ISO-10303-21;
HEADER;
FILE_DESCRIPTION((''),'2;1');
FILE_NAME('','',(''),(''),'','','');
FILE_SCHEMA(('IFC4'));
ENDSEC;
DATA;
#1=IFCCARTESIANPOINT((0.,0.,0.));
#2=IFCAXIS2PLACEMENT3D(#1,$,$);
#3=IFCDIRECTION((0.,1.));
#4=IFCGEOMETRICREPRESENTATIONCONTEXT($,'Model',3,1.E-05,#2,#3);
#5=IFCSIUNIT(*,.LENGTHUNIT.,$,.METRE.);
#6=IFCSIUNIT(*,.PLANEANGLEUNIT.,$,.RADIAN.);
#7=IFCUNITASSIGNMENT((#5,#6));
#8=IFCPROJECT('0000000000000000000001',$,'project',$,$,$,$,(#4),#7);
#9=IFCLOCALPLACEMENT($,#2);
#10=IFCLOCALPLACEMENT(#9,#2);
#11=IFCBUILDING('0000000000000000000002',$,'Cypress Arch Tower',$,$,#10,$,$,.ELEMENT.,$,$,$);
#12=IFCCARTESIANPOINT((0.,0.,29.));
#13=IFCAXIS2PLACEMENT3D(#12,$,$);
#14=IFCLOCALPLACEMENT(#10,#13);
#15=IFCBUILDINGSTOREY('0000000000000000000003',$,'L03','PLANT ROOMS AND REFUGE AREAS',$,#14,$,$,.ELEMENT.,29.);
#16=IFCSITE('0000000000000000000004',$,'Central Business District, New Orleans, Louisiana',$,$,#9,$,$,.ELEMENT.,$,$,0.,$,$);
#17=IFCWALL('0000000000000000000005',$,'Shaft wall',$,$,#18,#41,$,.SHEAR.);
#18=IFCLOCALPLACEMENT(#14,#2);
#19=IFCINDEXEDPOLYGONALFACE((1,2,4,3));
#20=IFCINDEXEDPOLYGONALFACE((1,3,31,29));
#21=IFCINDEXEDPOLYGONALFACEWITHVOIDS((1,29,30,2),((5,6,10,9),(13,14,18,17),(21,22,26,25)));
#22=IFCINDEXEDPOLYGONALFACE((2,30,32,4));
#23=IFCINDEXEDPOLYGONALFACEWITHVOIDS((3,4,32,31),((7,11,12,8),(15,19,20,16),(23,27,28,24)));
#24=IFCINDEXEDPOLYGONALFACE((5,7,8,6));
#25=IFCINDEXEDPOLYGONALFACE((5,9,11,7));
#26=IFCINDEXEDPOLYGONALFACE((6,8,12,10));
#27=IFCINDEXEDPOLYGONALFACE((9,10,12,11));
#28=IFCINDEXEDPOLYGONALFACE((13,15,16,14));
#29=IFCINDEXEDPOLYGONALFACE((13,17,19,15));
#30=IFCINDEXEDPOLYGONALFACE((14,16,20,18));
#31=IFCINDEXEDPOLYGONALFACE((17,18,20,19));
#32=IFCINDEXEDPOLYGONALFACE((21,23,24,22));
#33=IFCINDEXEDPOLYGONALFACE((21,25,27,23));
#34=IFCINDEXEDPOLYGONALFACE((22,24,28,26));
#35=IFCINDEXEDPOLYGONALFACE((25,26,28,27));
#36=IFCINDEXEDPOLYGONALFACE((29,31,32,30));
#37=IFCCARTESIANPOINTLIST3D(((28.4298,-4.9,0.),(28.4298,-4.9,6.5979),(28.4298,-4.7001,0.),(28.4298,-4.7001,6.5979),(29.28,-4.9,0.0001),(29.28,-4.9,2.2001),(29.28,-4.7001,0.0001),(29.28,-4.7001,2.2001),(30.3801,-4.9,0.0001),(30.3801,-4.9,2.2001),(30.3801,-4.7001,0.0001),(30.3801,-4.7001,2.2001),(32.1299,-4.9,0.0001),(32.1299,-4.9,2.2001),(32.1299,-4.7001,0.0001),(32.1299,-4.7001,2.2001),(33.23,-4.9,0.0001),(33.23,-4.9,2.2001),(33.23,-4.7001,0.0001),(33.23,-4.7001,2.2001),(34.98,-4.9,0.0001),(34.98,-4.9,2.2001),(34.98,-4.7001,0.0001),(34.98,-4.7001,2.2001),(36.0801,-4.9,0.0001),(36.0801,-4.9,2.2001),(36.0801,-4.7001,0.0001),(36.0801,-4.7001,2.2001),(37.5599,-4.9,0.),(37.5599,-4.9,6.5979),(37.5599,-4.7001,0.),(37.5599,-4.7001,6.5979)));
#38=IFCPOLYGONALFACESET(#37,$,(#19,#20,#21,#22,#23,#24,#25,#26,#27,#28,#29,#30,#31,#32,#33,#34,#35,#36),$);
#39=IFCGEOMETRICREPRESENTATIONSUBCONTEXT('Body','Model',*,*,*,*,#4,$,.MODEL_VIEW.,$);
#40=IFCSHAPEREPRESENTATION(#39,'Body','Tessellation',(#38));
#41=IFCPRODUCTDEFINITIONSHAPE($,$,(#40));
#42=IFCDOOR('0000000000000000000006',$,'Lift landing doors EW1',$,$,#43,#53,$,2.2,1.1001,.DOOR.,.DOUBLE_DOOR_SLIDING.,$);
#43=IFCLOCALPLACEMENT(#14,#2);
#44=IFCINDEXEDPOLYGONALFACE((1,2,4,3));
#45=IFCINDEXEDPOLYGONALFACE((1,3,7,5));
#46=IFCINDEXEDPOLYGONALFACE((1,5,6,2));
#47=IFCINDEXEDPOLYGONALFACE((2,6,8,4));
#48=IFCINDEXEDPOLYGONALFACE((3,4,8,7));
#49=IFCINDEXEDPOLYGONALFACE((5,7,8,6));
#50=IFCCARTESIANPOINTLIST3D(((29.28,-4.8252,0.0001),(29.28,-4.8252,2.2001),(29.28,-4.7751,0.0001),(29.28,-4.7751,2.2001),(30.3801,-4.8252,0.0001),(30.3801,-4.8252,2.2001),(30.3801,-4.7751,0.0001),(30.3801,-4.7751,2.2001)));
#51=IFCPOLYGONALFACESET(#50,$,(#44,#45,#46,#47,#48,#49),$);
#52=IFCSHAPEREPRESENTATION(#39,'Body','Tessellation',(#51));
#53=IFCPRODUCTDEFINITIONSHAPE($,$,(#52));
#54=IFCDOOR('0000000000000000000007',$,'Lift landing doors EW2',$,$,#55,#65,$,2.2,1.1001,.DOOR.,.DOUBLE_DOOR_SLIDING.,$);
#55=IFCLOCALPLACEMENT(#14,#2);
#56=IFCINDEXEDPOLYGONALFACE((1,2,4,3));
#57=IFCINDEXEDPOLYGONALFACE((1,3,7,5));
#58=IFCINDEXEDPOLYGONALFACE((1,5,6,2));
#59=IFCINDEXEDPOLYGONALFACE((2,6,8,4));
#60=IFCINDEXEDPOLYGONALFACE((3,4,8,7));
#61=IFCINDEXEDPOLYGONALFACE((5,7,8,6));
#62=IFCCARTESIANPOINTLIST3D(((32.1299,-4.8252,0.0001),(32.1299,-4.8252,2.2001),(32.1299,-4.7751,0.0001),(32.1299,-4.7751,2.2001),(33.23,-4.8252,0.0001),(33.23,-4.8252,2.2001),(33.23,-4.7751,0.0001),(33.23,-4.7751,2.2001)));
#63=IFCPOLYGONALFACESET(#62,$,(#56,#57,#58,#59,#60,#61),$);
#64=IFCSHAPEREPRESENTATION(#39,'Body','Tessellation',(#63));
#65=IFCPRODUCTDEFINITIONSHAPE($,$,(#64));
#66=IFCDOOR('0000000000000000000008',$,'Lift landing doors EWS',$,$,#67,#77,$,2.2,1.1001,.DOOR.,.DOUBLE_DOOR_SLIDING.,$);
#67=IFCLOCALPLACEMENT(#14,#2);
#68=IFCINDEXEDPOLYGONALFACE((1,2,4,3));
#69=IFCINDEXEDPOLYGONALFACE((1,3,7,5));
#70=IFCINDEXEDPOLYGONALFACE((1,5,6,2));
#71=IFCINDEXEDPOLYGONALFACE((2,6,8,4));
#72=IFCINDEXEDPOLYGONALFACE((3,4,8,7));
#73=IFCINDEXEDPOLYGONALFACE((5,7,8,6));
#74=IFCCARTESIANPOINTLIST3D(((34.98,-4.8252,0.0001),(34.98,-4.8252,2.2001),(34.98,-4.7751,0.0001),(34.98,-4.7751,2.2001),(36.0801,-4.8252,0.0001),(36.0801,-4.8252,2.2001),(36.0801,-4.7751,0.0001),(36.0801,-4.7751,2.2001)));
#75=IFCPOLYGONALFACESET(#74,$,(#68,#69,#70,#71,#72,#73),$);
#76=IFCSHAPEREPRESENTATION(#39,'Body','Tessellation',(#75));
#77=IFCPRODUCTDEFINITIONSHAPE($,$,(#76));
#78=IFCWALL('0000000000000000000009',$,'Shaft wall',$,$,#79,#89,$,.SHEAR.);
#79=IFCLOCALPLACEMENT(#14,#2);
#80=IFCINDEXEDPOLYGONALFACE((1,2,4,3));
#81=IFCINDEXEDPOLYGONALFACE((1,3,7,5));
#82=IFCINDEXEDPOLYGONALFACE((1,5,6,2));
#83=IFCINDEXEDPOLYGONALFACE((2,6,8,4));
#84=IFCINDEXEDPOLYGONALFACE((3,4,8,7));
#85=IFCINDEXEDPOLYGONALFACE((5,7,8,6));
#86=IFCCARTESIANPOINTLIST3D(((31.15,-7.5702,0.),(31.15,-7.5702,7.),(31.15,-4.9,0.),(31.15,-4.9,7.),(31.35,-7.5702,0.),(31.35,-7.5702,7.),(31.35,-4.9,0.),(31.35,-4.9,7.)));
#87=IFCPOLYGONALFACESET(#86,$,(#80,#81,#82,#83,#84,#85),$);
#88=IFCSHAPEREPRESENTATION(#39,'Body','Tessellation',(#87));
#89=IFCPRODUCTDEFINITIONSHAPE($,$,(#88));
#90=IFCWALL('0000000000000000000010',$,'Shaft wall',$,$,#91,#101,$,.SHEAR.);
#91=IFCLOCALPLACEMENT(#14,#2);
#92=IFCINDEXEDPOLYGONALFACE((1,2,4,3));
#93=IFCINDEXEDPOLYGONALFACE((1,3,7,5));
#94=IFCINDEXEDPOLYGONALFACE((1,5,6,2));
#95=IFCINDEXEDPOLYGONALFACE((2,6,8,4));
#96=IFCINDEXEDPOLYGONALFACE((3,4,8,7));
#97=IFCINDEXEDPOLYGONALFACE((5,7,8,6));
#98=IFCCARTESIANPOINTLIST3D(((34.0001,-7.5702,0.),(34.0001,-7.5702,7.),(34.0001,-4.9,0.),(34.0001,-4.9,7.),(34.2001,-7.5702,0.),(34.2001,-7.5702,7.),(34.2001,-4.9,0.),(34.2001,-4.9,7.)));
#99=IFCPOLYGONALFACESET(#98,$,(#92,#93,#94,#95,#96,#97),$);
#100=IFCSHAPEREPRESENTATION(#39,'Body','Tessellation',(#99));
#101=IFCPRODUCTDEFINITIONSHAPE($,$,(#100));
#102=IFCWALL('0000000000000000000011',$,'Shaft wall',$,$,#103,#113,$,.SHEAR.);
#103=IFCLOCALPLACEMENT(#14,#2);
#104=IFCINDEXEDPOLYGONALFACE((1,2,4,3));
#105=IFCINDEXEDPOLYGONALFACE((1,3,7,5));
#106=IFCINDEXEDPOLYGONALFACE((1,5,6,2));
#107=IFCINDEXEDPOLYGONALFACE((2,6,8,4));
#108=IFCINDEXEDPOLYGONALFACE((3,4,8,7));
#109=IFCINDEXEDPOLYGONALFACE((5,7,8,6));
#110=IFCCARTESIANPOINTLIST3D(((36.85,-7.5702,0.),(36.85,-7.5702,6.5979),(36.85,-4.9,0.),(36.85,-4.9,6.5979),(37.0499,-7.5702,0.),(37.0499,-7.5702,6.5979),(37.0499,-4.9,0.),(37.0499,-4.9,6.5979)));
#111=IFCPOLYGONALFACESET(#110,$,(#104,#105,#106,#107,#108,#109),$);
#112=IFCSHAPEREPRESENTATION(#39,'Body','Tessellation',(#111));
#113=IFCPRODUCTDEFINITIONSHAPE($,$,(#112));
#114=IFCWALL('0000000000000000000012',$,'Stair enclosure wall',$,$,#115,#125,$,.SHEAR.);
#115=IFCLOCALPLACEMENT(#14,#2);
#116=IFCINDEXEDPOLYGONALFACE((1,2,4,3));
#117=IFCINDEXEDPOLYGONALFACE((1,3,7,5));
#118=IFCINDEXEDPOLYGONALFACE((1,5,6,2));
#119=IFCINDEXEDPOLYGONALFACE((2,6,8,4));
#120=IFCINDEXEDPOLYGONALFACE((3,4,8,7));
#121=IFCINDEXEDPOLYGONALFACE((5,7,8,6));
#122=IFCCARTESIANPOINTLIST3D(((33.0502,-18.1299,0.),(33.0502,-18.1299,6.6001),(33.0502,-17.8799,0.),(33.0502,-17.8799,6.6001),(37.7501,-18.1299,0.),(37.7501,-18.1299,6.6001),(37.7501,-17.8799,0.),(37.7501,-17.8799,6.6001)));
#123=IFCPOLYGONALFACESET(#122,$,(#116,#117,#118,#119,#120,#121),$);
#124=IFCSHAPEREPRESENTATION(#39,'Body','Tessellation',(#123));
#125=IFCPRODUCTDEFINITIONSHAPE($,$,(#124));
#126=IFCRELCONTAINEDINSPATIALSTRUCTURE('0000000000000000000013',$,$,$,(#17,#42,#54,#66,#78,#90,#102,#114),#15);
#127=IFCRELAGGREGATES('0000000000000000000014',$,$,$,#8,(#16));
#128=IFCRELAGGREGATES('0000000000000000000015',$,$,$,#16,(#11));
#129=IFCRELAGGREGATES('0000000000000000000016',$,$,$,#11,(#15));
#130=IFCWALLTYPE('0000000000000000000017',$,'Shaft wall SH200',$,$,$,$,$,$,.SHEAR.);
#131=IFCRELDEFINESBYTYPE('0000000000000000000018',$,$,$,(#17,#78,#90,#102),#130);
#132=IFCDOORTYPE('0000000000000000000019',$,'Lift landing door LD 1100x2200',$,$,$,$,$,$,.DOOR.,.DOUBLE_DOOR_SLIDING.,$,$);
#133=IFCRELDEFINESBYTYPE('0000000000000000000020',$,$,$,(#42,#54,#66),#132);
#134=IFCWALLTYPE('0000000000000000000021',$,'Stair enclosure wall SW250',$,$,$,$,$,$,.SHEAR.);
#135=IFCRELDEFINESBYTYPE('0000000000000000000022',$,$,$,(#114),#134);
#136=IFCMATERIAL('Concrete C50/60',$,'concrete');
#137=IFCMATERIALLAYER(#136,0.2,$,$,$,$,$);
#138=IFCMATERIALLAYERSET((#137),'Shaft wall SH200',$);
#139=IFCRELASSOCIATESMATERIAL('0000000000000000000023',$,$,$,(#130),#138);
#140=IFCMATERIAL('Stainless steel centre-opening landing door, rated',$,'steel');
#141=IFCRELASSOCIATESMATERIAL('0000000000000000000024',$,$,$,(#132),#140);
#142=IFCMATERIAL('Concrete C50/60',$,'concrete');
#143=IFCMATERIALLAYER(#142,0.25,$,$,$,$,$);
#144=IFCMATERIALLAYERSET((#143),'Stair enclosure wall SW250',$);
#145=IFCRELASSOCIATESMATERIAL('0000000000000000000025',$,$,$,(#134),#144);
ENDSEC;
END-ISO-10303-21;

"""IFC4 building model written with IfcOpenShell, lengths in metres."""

from ifc_helpers import new_model, si_unit, direction, frame, frame_2d, origin, place, context, subcontext, project, spatial, rectangle, extrude, material, layer, layer_set, type_object, element, fill, save


model = new_model("IFC4")

# Units and contexts
model_context = context("Model", 3, precision=1e-05, world=origin(), true_north=direction((0.0, 1.0)))
body_context = subcontext(model_context, "Body", "Model", "MODEL_VIEW")
ifc_project = project(units=[si_unit("LENGTHUNIT", "METRE"), si_unit("PLANEANGLEUNIT", "RADIAN")], contexts=[model_context])

# Site, building, storey
site_placement = place(None, origin())
site = spatial("IfcSite", under=ifc_project, at=site_placement, Name="Central Business District, New Orleans, Louisiana", CompositionType="ELEMENT", RefElevation=0.0)
building_placement = place(site_placement, origin())
building = spatial("IfcBuilding", under=site, at=building_placement, Name="Cypress Arch Tower", CompositionType="ELEMENT")
storey_placement = place(building_placement, frame((0.0, 0.0, 29.0)))
storey = spatial("IfcBuildingStorey", under=building, at=storey_placement, Name="L03", Description="PLANT ROOMS AND REFUGE AREAS", CompositionType="ELEMENT", Elevation=29.0)

# Wall, openings, doors
ifc_material_1 = material(Name="Concrete C50/60", Category="concrete")
ifc_layer_1 = layer(ifc_material_1, 0.2)
ifc_layer_set_1 = layer_set([ifc_layer_1], Name="Shaft wall SH200")
wall_type_1 = type_object("IfcWallType", Name="Shaft wall SH200", PredefinedType="SHEAR", material=ifc_layer_set_1)
wall_1_placement = place(storey_placement, frame((28.4299, -4.8, 0.0), z_axis=(0.0, 0.0, 1.0), x_axis=(1.0, 0.0, 0.0)))
wall_1 = element("IfcWall", 1, at=wall_1_placement, inside=storey, type_object=wall_type_1, Name="Shaft wall", PredefinedType="SHEAR", context=body_context, shape_type="SweptSolid", body=[
    extrude(rectangle(XDim=9.1301, YDim=0.2, at=frame_2d((4.5649, 0.0))), origin(), (0.0, 0.0, 1.0), 6.5979),
])
opening_1_placement = place(wall_1_placement, frame((0.8501, 0.0, 0.0)))
opening_1 = element("IfcOpeningElement", 2, at=opening_1_placement, cuts=wall_1, PredefinedType="OPENING", context=body_context, shape_type="SweptSolid", body=[
    extrude(rectangle(XDim=1.1001, YDim=2.2, at=frame_2d((0.55, 1.1001))), frame((0.0, 0.1099, 0.0), z_axis=(0.0, -1.0, 0.0), x_axis=(1.0, 0.0, 0.0)), (0.0, 0.0, 1.0), 0.22),
])
opening_2_placement = place(wall_1_placement, frame((3.7, 0.0, 0.0)))
opening_2 = element("IfcOpeningElement", 3, at=opening_2_placement, cuts=wall_1, PredefinedType="OPENING", context=body_context, shape_type="SweptSolid", body=[
    extrude(rectangle(XDim=1.1001, YDim=2.2, at=frame_2d((0.55, 1.1001))), frame((0.0, 0.1099, 0.0), z_axis=(0.0, -1.0, 0.0), x_axis=(1.0, 0.0, 0.0)), (0.0, 0.0, 1.0), 0.22),
])
opening_3_placement = place(wall_1_placement, frame((6.55, 0.0, 0.0)))
opening_3 = element("IfcOpeningElement", 4, at=opening_3_placement, cuts=wall_1, PredefinedType="OPENING", context=body_context, shape_type="SweptSolid", body=[
    extrude(rectangle(XDim=1.1001, YDim=2.2, at=frame_2d((0.55, 1.1001))), frame((0.0, 0.1099, 0.0), z_axis=(0.0, -1.0, 0.0), x_axis=(1.0, 0.0, 0.0)), (0.0, 0.0, 1.0), 0.22),
])
ifc_material_2 = material(Name="Stainless steel centre-opening landing door, rated", Category="steel")
door_type_1 = type_object("IfcDoorType", Name="Lift landing door LD 1100x2200", OperationType="DOUBLE_DOOR_SLIDING", PredefinedType="DOOR", material=ifc_material_2)
door_1_placement = place(opening_1_placement, origin())
door_1 = element("IfcDoor", 5, at=door_1_placement, inside=storey, type_object=door_type_1, Name="Lift landing doors EW1", OperationType="DOUBLE_DOOR_SLIDING", OverallHeight=2.2, OverallWidth=1.1001, PredefinedType="DOOR", context=body_context, shape_type="SweptSolid", body=[
    extrude(rectangle(XDim=1.1001, YDim=2.2, at=frame_2d((0.55, 1.1001))), frame((0.0, 0.0249, 0.0), z_axis=(0.0, -1.0, 0.0), x_axis=(1.0, 0.0, 0.0)), (0.0, 0.0, 1.0), 0.05),
])
fill(opening_1, door_1)
door_2_placement = place(opening_2_placement, origin())
door_2 = element("IfcDoor", 6, at=door_2_placement, inside=storey, type_object=door_type_1, Name="Lift landing doors EW2", OperationType="DOUBLE_DOOR_SLIDING", OverallHeight=2.2, OverallWidth=1.1001, PredefinedType="DOOR", context=body_context, shape_type="SweptSolid", body=[
    extrude(rectangle(XDim=1.1001, YDim=2.2, at=frame_2d((0.55, 1.1001))), frame((0.0, 0.0249, 0.0), z_axis=(0.0, -1.0, 0.0), x_axis=(1.0, 0.0, 0.0)), (0.0, 0.0, 1.0), 0.05),
])
fill(opening_2, door_2)
door_3_placement = place(opening_3_placement, origin())
door_3 = element("IfcDoor", 7, at=door_3_placement, inside=storey, type_object=door_type_1, Name="Lift landing doors EWS", OperationType="DOUBLE_DOOR_SLIDING", OverallHeight=2.2, OverallWidth=1.1001, PredefinedType="DOOR", context=body_context, shape_type="SweptSolid", body=[
    extrude(rectangle(XDim=1.1001, YDim=2.2, at=frame_2d((0.55, 1.1001))), frame((0.0, 0.0249, 0.0), z_axis=(0.0, -1.0, 0.0), x_axis=(1.0, 0.0, 0.0)), (0.0, 0.0, 1.0), 0.05),
])
fill(opening_3, door_3)

# Walls
for number, where, z_axis, x_axis, name in (
    (8, (31.25, -7.5701, 0.0), (0.0, 0.0, 1.0), (0.0, 1.0, 0.0), "Shaft wall"),
    (9, (34.1001, -7.5701, 0.0), (0.0, 0.0, 1.0), (0.0, 1.0, 0.0), "Shaft wall"),
):
    element("IfcWall", number, at=place(storey_placement, frame(where, z_axis=z_axis, x_axis=x_axis)), inside=storey, type_object=wall_type_1, Name=name, PredefinedType="SHEAR", context=body_context, shape_type="SweptSolid", body=[
        extrude(rectangle(XDim=2.6702, YDim=0.2, at=frame_2d((1.335, 0.0))), origin(), (0.0, 0.0, 1.0), 7.0),
    ])
wall_2_placement = place(storey_placement, frame((36.95, -7.5701, 0.0), z_axis=(0.0, 0.0, 1.0), x_axis=(0.0, 1.0, 0.0)))
element("IfcWall", 10, at=wall_2_placement, inside=storey, type_object=wall_type_1, Name="Shaft wall", PredefinedType="SHEAR", context=body_context, shape_type="SweptSolid", body=[
    extrude(rectangle(XDim=2.6702, YDim=0.2, at=frame_2d((1.335, 0.0))), origin(), (0.0, 0.0, 1.0), 6.5979),
])
ifc_material_3 = material(Name="Concrete C50/60", Category="concrete")
ifc_layer_2 = layer(ifc_material_3, 0.25)
ifc_layer_set_2 = layer_set([ifc_layer_2], Name="Stair enclosure wall SW250")
wall_type_2 = type_object("IfcWallType", Name="Stair enclosure wall SW250", PredefinedType="SHEAR", material=ifc_layer_set_2)
wall_3_placement = place(storey_placement, frame((33.05, -18.0049, 0.0), z_axis=(0.0, 0.0, 1.0), x_axis=(1.0, 0.0, 0.0)))
element("IfcWall", 11, at=wall_3_placement, inside=storey, type_object=wall_type_2, Name="Stair enclosure wall", PredefinedType="SHEAR", context=body_context, shape_type="SweptSolid", body=[
    extrude(rectangle(XDim=4.7, YDim=0.25, at=frame_2d((2.3501, 0.0))), origin(), (0.0, 0.0, 1.0), 6.6001),
])

save(model, "model.ifc")
